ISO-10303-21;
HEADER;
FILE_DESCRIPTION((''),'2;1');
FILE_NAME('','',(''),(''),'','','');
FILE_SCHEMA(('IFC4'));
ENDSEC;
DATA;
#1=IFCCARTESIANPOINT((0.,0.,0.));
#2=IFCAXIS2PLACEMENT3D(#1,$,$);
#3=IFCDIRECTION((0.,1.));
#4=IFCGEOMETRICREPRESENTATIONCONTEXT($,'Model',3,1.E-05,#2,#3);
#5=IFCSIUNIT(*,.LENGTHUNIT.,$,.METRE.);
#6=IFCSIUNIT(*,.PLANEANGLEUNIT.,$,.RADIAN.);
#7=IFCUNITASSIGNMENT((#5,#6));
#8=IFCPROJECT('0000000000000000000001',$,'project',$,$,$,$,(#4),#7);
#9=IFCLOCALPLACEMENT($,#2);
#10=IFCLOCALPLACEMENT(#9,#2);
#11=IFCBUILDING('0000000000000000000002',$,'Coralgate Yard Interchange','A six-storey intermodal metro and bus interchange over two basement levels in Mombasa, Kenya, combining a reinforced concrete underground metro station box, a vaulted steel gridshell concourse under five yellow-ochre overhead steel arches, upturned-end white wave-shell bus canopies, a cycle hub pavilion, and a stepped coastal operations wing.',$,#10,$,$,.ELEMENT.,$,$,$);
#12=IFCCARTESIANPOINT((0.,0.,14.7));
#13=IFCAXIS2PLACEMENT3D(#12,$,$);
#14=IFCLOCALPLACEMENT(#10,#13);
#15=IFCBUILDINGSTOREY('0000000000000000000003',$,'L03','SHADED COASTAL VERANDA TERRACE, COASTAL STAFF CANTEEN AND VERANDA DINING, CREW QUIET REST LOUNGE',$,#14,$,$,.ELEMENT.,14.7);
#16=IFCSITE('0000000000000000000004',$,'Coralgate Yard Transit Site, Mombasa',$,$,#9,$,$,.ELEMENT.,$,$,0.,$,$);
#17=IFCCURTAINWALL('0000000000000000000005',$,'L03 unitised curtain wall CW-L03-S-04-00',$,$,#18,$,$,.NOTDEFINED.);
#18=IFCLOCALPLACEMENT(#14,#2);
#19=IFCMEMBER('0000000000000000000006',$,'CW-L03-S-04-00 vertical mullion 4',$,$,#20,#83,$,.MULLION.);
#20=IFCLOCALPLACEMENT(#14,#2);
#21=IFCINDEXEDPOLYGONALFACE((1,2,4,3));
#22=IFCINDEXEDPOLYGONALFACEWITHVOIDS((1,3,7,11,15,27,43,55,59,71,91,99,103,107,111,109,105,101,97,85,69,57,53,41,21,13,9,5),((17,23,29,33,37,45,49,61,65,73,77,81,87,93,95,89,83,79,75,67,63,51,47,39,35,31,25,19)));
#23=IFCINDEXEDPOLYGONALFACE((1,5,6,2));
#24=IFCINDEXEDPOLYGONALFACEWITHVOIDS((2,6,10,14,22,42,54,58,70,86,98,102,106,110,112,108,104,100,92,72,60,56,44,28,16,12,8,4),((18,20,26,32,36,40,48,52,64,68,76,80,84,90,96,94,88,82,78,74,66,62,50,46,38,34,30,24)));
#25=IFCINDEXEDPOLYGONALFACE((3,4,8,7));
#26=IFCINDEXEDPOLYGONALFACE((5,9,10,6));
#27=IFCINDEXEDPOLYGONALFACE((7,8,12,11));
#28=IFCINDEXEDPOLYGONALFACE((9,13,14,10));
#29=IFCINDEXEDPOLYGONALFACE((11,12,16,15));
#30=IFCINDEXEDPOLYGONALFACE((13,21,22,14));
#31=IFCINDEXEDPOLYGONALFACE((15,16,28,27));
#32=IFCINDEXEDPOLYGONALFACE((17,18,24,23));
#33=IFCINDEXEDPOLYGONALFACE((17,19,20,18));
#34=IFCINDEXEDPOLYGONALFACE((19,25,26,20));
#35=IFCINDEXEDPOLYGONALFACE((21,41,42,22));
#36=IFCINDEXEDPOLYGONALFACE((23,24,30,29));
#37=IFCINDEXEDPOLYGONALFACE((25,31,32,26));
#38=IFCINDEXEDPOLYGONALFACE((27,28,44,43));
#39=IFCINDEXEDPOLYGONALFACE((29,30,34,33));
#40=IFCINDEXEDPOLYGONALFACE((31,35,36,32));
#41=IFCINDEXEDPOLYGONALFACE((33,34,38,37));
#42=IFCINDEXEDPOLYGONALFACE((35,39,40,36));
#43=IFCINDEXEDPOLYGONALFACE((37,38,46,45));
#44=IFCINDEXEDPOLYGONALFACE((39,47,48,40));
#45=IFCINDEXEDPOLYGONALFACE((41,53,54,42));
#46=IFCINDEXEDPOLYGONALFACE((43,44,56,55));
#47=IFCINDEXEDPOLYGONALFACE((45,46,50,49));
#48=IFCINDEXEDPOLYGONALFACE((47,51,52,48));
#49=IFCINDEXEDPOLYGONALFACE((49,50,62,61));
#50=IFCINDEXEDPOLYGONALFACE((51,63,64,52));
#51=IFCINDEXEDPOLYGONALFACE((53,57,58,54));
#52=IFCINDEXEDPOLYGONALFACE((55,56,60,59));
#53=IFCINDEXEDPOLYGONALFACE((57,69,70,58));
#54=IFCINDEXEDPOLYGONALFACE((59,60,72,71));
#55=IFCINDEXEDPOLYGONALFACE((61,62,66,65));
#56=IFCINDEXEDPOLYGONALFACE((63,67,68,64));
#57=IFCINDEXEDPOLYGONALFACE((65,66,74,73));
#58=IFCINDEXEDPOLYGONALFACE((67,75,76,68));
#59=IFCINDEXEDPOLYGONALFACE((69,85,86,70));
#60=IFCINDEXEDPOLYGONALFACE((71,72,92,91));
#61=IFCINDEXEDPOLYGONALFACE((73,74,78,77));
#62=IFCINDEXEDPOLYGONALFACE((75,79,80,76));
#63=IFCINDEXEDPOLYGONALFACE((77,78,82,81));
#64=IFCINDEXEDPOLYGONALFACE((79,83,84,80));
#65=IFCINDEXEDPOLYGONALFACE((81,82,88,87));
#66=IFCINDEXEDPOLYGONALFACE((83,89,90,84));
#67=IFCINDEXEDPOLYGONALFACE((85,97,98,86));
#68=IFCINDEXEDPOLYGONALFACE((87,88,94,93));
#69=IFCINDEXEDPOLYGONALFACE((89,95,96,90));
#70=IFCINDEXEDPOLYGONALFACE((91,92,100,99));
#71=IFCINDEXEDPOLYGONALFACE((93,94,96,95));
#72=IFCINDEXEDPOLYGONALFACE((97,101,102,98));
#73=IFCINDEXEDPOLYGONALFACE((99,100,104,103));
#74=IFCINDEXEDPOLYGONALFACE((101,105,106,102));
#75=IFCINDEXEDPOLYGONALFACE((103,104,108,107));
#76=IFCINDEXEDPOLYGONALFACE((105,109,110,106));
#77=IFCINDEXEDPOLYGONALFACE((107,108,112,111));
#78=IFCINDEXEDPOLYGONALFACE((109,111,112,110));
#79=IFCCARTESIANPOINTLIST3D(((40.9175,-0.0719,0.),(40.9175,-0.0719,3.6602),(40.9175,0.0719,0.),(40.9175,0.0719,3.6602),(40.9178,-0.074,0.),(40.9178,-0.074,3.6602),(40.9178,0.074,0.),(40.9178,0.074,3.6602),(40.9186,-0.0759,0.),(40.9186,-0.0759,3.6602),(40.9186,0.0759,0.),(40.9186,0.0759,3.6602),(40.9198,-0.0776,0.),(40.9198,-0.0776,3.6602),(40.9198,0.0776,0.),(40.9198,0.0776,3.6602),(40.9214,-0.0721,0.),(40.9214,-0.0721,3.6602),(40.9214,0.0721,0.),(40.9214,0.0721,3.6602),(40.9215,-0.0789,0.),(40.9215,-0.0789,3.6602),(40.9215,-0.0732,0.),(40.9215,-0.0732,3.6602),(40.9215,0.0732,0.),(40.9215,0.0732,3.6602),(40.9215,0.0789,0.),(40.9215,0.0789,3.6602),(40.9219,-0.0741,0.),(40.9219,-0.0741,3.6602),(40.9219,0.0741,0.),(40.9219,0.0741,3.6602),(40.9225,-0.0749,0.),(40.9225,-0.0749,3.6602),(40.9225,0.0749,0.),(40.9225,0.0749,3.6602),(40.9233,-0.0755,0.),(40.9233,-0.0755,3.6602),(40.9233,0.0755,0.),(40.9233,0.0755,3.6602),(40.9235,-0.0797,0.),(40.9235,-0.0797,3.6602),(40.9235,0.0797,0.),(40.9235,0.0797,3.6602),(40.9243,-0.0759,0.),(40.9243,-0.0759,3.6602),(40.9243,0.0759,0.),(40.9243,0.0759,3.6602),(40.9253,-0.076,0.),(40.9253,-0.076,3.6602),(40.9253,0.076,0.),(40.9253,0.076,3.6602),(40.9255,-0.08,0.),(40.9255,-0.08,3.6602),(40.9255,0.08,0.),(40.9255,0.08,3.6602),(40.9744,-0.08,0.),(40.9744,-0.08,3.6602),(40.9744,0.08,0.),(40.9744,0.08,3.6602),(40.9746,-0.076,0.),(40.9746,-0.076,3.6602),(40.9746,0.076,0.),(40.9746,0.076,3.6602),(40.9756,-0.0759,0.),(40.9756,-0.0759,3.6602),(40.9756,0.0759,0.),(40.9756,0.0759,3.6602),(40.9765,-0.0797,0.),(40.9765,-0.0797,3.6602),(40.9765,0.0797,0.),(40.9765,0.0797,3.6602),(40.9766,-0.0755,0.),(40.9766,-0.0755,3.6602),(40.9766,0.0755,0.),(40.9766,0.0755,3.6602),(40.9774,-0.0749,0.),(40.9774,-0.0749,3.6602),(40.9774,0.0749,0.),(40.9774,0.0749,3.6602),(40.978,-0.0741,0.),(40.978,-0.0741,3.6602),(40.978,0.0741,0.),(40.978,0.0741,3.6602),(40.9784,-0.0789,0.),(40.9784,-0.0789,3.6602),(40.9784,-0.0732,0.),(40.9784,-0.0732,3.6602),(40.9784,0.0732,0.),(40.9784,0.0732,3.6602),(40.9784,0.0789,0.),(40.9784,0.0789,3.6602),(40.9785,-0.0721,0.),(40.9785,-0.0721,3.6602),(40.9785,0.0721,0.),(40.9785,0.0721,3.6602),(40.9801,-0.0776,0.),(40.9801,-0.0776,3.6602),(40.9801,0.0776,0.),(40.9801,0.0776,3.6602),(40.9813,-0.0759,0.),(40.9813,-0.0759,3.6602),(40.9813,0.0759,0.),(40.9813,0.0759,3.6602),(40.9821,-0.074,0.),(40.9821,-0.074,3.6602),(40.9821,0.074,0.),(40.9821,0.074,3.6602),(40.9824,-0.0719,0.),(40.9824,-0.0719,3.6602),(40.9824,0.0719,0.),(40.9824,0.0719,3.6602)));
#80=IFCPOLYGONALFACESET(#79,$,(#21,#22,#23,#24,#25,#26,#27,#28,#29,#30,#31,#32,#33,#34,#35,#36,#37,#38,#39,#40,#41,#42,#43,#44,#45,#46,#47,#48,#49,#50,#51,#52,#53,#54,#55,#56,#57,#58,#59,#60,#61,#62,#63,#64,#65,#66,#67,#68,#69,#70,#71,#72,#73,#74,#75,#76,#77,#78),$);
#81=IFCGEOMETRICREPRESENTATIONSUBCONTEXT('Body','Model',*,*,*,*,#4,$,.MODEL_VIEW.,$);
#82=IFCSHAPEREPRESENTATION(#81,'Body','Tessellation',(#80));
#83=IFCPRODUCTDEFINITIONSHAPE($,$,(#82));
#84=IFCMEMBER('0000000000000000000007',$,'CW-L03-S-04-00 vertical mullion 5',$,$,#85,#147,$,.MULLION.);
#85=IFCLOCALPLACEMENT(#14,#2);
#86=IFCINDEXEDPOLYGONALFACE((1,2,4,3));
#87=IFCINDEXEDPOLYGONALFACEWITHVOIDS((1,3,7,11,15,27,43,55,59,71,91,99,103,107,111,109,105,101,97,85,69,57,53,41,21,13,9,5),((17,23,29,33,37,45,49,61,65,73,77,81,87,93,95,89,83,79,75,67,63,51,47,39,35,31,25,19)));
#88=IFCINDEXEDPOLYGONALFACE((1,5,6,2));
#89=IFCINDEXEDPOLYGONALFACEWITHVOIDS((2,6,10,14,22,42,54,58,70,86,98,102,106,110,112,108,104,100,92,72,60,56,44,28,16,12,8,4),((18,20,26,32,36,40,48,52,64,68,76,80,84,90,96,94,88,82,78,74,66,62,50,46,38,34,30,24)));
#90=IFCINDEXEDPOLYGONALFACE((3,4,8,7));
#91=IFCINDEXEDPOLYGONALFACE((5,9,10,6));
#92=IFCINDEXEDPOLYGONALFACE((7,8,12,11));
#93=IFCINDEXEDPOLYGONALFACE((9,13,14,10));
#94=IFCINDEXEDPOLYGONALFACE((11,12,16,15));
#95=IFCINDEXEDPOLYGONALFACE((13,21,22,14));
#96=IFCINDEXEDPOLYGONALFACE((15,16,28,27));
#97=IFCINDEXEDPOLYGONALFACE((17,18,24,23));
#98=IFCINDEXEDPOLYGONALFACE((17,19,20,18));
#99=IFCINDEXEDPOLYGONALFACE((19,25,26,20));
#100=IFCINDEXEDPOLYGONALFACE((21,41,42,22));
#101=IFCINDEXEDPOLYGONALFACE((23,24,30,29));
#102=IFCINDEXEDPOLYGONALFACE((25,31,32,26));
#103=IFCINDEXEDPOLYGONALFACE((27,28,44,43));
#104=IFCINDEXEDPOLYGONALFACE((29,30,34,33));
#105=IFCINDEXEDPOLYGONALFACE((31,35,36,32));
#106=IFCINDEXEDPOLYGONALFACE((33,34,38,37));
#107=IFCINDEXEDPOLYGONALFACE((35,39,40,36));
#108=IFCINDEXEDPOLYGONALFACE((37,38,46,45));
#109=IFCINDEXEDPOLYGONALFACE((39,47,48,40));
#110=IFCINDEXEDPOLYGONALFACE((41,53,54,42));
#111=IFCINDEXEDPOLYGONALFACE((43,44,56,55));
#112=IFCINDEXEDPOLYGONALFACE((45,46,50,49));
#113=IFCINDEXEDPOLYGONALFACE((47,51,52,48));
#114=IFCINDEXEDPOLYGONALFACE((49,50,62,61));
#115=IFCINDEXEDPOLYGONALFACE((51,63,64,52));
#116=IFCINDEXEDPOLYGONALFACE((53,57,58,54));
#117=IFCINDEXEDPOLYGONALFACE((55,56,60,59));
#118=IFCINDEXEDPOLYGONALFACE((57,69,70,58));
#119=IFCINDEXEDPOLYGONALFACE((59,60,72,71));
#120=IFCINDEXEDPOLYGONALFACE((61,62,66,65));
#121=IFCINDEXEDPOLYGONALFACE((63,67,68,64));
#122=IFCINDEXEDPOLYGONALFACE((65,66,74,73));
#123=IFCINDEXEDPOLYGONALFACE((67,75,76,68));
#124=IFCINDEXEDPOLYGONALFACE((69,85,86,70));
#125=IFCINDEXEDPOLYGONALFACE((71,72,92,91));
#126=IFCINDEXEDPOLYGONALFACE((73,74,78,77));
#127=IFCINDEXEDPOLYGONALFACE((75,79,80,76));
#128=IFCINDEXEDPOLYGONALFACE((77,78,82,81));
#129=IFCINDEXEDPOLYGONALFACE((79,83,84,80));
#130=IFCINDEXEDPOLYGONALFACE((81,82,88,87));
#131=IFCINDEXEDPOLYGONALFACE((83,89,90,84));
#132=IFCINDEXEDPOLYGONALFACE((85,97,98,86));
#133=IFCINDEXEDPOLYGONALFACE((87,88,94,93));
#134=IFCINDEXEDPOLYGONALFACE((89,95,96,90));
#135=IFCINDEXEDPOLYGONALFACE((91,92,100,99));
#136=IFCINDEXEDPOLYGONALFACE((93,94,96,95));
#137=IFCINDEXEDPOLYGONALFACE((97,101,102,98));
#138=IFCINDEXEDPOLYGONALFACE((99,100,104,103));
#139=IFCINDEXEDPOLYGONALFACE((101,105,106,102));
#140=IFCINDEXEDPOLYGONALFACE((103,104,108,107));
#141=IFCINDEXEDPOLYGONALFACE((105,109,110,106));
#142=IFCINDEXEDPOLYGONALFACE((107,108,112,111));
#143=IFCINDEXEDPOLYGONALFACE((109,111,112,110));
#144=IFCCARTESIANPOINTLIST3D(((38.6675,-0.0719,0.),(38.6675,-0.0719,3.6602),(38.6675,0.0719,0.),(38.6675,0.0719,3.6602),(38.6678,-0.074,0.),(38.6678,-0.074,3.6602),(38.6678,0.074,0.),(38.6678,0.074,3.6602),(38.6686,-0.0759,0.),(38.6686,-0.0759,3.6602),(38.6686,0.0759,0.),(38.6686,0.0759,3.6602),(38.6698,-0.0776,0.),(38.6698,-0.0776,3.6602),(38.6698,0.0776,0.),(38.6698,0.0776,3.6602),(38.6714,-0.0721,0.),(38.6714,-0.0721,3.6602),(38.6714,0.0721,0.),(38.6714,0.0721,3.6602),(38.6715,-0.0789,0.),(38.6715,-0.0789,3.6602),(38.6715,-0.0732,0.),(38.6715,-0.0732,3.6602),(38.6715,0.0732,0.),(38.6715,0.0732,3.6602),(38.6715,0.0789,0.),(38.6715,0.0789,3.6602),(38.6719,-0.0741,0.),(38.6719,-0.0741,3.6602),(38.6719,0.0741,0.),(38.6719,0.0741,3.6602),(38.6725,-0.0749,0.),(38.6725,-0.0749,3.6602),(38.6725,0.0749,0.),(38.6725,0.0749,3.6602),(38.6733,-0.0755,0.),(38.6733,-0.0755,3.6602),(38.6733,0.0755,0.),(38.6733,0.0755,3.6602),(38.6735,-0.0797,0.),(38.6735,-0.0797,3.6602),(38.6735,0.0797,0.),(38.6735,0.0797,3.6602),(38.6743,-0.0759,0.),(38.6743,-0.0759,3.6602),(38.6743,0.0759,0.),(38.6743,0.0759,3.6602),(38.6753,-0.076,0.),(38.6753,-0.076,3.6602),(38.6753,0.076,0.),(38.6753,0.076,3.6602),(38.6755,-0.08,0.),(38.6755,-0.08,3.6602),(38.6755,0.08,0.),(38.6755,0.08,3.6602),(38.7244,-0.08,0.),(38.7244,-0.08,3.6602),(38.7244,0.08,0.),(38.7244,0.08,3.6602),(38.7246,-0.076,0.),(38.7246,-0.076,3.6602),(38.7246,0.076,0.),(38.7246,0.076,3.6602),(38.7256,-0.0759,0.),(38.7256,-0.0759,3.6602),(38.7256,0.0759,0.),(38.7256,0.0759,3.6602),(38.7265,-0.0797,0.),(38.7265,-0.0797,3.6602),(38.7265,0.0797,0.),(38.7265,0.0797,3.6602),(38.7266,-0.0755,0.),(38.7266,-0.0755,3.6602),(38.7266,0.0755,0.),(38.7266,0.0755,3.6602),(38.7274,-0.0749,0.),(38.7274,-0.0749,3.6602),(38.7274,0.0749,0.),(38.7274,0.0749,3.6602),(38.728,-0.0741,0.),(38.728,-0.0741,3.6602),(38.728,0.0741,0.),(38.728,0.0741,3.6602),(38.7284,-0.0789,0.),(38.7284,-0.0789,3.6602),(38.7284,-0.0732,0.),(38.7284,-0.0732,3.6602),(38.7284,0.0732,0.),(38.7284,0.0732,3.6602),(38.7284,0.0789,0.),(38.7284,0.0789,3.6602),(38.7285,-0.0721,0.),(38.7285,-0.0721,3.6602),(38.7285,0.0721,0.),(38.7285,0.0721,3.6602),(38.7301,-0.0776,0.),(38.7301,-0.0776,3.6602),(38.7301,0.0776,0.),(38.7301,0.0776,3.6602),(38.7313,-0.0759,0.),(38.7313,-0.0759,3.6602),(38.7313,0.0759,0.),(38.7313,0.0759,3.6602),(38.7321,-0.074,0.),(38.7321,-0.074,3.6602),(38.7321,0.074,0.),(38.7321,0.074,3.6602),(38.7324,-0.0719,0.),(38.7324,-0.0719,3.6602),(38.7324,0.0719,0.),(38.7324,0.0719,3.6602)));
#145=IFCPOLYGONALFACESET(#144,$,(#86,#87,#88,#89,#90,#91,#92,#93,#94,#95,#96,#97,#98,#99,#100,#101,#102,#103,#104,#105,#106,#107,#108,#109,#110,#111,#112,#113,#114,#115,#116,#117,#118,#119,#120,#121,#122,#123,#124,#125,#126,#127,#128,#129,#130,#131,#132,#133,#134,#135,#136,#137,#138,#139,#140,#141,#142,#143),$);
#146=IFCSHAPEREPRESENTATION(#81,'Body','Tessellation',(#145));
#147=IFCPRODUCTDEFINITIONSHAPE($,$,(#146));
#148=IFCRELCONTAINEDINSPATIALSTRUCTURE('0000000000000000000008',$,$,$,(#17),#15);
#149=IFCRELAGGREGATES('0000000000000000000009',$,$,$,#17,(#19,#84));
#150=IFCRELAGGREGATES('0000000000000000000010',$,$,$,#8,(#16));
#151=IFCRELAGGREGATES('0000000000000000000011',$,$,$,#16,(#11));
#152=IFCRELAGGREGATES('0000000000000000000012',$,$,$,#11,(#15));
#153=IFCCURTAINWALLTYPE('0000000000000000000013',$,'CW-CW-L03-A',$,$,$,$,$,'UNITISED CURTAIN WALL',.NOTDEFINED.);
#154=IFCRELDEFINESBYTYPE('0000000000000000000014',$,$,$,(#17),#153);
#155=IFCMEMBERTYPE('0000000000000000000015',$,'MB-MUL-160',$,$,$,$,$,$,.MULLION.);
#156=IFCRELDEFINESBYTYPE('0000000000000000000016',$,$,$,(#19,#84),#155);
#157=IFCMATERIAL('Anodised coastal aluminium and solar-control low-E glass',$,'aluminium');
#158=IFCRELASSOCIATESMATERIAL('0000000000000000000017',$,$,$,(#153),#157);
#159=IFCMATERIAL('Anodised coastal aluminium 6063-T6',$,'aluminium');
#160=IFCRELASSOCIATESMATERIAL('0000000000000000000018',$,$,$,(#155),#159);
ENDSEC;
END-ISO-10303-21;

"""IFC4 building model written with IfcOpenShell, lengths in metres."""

from ifc_helpers import new_model, si_unit, direction, frame, origin, origin_2d, place, context, subcontext, project, spatial, hollow_rectangle, extrude, material, material_profile, profile_set, type_object, element, aggregate, save


model = new_model("IFC4")

# Units and contexts
model_context = context("Model", 3, precision=1e-05, world=origin(), true_north=direction((0.0, 1.0)))
body_context = subcontext(model_context, "Body", "Model", "MODEL_VIEW")
ifc_project = project(units=[si_unit("LENGTHUNIT", "METRE"), si_unit("PLANEANGLEUNIT", "RADIAN")], contexts=[model_context])

# Site, building, storey
site_placement = place(None, origin())
site = spatial("IfcSite", under=ifc_project, at=site_placement, Name="Coralgate Yard Transit Site, Mombasa", CompositionType="ELEMENT", RefElevation=0.0)
building_placement = place(site_placement, origin())
building = spatial("IfcBuilding", under=site, at=building_placement, Name="Coralgate Yard Interchange", Description="A six-storey intermodal metro and bus interchange over two basement levels in Mombasa, Kenya, combining a reinforced concrete underground metro station box, a vaulted steel gridshell concourse under five yellow-ochre overhead steel arches, upturned-end white wave-shell bus canopies, a cycle hub pavilion, and a stepped coastal operations wing.", CompositionType="ELEMENT")
storey_placement = place(building_placement, frame((0.0, 0.0, 14.7)))
storey = spatial("IfcBuildingStorey", under=building, at=storey_placement, Name="L03", Description="SHADED COASTAL VERANDA TERRACE, COASTAL STAFF CANTEEN AND VERANDA DINING, CREW QUIET REST LOUNGE", CompositionType="ELEMENT", Elevation=14.7)

# Curtain wall, members
ifc_material_1 = material(Name="Anodised coastal aluminium and solar-control low-E glass", Category="aluminium")
curtain_wall_type = type_object("IfcCurtainWallType", Name="CW-CW-L03-A", ElementType="UNITISED CURTAIN WALL", PredefinedType="NOTDEFINED", material=ifc_material_1)
ifc_material_2 = material(Name="Anodised coastal aluminium 6063-T6", Category="aluminium")
ifc_material_profile_1 = material_profile(ifc_material_2, hollow_rectangle(XDim=0.0649, YDim=0.1599, WallThickness=0.0039, InnerFilletRadius=0.0039, OuterFilletRadius=0.0081, at=origin_2d()), Name="ALU 65x160x4")
ifc_profile_set_1 = profile_set([ifc_material_profile_1], Name="Anodised coastal aluminium 6063-T6")
member_type_1 = type_object("IfcMemberType", Name="MB-MUL-160", PredefinedType="MULLION", material=ifc_profile_set_1)
curtain_wall_1_placement = place(storey_placement, origin())
curtain_wall_1 = element("IfcCurtainWall", 1, at=curtain_wall_1_placement, inside=storey, type_object=curtain_wall_type, Name="L03 unitised curtain wall CW-L03-S-04-00", PredefinedType="NOTDEFINED")
member_1_placement = place(storey_placement, frame((40.95, 0.0, 0.0), z_axis=(0.0, 0.0, 1.0), x_axis=(1.0, 0.0, 0.0)))
member_1 = element("IfcMember", 2, at=member_1_placement, type_object=member_type_1, Name="CW-L03-S-04-00 vertical mullion 4", PredefinedType="MULLION", context=body_context, shape_type="SweptSolid", body=[
    extrude(hollow_rectangle(XDim=0.0649, YDim=0.1599, WallThickness=0.0039, InnerFilletRadius=0.0039, OuterFilletRadius=0.0081, at=origin_2d()), origin(), (0.0, 0.0, 1.0), 3.6602),
])
member_2_placement = place(storey_placement, frame((38.7, 0.0, 0.0), z_axis=(0.0, 0.0, 1.0), x_axis=(1.0, 0.0, 0.0)))
member_2 = element("IfcMember", 3, at=member_2_placement, type_object=member_type_1, Name="CW-L03-S-04-00 vertical mullion 5", PredefinedType="MULLION", context=body_context, shape_type="SweptSolid", body=[
    extrude(hollow_rectangle(XDim=0.0649, YDim=0.1599, WallThickness=0.0039, InnerFilletRadius=0.0039, OuterFilletRadius=0.0081, at=origin_2d()), origin(), (0.0, 0.0, 1.0), 3.6602),
])

aggregate(curtain_wall_1, [member_1, member_2])

save(model, "model.ifc")
